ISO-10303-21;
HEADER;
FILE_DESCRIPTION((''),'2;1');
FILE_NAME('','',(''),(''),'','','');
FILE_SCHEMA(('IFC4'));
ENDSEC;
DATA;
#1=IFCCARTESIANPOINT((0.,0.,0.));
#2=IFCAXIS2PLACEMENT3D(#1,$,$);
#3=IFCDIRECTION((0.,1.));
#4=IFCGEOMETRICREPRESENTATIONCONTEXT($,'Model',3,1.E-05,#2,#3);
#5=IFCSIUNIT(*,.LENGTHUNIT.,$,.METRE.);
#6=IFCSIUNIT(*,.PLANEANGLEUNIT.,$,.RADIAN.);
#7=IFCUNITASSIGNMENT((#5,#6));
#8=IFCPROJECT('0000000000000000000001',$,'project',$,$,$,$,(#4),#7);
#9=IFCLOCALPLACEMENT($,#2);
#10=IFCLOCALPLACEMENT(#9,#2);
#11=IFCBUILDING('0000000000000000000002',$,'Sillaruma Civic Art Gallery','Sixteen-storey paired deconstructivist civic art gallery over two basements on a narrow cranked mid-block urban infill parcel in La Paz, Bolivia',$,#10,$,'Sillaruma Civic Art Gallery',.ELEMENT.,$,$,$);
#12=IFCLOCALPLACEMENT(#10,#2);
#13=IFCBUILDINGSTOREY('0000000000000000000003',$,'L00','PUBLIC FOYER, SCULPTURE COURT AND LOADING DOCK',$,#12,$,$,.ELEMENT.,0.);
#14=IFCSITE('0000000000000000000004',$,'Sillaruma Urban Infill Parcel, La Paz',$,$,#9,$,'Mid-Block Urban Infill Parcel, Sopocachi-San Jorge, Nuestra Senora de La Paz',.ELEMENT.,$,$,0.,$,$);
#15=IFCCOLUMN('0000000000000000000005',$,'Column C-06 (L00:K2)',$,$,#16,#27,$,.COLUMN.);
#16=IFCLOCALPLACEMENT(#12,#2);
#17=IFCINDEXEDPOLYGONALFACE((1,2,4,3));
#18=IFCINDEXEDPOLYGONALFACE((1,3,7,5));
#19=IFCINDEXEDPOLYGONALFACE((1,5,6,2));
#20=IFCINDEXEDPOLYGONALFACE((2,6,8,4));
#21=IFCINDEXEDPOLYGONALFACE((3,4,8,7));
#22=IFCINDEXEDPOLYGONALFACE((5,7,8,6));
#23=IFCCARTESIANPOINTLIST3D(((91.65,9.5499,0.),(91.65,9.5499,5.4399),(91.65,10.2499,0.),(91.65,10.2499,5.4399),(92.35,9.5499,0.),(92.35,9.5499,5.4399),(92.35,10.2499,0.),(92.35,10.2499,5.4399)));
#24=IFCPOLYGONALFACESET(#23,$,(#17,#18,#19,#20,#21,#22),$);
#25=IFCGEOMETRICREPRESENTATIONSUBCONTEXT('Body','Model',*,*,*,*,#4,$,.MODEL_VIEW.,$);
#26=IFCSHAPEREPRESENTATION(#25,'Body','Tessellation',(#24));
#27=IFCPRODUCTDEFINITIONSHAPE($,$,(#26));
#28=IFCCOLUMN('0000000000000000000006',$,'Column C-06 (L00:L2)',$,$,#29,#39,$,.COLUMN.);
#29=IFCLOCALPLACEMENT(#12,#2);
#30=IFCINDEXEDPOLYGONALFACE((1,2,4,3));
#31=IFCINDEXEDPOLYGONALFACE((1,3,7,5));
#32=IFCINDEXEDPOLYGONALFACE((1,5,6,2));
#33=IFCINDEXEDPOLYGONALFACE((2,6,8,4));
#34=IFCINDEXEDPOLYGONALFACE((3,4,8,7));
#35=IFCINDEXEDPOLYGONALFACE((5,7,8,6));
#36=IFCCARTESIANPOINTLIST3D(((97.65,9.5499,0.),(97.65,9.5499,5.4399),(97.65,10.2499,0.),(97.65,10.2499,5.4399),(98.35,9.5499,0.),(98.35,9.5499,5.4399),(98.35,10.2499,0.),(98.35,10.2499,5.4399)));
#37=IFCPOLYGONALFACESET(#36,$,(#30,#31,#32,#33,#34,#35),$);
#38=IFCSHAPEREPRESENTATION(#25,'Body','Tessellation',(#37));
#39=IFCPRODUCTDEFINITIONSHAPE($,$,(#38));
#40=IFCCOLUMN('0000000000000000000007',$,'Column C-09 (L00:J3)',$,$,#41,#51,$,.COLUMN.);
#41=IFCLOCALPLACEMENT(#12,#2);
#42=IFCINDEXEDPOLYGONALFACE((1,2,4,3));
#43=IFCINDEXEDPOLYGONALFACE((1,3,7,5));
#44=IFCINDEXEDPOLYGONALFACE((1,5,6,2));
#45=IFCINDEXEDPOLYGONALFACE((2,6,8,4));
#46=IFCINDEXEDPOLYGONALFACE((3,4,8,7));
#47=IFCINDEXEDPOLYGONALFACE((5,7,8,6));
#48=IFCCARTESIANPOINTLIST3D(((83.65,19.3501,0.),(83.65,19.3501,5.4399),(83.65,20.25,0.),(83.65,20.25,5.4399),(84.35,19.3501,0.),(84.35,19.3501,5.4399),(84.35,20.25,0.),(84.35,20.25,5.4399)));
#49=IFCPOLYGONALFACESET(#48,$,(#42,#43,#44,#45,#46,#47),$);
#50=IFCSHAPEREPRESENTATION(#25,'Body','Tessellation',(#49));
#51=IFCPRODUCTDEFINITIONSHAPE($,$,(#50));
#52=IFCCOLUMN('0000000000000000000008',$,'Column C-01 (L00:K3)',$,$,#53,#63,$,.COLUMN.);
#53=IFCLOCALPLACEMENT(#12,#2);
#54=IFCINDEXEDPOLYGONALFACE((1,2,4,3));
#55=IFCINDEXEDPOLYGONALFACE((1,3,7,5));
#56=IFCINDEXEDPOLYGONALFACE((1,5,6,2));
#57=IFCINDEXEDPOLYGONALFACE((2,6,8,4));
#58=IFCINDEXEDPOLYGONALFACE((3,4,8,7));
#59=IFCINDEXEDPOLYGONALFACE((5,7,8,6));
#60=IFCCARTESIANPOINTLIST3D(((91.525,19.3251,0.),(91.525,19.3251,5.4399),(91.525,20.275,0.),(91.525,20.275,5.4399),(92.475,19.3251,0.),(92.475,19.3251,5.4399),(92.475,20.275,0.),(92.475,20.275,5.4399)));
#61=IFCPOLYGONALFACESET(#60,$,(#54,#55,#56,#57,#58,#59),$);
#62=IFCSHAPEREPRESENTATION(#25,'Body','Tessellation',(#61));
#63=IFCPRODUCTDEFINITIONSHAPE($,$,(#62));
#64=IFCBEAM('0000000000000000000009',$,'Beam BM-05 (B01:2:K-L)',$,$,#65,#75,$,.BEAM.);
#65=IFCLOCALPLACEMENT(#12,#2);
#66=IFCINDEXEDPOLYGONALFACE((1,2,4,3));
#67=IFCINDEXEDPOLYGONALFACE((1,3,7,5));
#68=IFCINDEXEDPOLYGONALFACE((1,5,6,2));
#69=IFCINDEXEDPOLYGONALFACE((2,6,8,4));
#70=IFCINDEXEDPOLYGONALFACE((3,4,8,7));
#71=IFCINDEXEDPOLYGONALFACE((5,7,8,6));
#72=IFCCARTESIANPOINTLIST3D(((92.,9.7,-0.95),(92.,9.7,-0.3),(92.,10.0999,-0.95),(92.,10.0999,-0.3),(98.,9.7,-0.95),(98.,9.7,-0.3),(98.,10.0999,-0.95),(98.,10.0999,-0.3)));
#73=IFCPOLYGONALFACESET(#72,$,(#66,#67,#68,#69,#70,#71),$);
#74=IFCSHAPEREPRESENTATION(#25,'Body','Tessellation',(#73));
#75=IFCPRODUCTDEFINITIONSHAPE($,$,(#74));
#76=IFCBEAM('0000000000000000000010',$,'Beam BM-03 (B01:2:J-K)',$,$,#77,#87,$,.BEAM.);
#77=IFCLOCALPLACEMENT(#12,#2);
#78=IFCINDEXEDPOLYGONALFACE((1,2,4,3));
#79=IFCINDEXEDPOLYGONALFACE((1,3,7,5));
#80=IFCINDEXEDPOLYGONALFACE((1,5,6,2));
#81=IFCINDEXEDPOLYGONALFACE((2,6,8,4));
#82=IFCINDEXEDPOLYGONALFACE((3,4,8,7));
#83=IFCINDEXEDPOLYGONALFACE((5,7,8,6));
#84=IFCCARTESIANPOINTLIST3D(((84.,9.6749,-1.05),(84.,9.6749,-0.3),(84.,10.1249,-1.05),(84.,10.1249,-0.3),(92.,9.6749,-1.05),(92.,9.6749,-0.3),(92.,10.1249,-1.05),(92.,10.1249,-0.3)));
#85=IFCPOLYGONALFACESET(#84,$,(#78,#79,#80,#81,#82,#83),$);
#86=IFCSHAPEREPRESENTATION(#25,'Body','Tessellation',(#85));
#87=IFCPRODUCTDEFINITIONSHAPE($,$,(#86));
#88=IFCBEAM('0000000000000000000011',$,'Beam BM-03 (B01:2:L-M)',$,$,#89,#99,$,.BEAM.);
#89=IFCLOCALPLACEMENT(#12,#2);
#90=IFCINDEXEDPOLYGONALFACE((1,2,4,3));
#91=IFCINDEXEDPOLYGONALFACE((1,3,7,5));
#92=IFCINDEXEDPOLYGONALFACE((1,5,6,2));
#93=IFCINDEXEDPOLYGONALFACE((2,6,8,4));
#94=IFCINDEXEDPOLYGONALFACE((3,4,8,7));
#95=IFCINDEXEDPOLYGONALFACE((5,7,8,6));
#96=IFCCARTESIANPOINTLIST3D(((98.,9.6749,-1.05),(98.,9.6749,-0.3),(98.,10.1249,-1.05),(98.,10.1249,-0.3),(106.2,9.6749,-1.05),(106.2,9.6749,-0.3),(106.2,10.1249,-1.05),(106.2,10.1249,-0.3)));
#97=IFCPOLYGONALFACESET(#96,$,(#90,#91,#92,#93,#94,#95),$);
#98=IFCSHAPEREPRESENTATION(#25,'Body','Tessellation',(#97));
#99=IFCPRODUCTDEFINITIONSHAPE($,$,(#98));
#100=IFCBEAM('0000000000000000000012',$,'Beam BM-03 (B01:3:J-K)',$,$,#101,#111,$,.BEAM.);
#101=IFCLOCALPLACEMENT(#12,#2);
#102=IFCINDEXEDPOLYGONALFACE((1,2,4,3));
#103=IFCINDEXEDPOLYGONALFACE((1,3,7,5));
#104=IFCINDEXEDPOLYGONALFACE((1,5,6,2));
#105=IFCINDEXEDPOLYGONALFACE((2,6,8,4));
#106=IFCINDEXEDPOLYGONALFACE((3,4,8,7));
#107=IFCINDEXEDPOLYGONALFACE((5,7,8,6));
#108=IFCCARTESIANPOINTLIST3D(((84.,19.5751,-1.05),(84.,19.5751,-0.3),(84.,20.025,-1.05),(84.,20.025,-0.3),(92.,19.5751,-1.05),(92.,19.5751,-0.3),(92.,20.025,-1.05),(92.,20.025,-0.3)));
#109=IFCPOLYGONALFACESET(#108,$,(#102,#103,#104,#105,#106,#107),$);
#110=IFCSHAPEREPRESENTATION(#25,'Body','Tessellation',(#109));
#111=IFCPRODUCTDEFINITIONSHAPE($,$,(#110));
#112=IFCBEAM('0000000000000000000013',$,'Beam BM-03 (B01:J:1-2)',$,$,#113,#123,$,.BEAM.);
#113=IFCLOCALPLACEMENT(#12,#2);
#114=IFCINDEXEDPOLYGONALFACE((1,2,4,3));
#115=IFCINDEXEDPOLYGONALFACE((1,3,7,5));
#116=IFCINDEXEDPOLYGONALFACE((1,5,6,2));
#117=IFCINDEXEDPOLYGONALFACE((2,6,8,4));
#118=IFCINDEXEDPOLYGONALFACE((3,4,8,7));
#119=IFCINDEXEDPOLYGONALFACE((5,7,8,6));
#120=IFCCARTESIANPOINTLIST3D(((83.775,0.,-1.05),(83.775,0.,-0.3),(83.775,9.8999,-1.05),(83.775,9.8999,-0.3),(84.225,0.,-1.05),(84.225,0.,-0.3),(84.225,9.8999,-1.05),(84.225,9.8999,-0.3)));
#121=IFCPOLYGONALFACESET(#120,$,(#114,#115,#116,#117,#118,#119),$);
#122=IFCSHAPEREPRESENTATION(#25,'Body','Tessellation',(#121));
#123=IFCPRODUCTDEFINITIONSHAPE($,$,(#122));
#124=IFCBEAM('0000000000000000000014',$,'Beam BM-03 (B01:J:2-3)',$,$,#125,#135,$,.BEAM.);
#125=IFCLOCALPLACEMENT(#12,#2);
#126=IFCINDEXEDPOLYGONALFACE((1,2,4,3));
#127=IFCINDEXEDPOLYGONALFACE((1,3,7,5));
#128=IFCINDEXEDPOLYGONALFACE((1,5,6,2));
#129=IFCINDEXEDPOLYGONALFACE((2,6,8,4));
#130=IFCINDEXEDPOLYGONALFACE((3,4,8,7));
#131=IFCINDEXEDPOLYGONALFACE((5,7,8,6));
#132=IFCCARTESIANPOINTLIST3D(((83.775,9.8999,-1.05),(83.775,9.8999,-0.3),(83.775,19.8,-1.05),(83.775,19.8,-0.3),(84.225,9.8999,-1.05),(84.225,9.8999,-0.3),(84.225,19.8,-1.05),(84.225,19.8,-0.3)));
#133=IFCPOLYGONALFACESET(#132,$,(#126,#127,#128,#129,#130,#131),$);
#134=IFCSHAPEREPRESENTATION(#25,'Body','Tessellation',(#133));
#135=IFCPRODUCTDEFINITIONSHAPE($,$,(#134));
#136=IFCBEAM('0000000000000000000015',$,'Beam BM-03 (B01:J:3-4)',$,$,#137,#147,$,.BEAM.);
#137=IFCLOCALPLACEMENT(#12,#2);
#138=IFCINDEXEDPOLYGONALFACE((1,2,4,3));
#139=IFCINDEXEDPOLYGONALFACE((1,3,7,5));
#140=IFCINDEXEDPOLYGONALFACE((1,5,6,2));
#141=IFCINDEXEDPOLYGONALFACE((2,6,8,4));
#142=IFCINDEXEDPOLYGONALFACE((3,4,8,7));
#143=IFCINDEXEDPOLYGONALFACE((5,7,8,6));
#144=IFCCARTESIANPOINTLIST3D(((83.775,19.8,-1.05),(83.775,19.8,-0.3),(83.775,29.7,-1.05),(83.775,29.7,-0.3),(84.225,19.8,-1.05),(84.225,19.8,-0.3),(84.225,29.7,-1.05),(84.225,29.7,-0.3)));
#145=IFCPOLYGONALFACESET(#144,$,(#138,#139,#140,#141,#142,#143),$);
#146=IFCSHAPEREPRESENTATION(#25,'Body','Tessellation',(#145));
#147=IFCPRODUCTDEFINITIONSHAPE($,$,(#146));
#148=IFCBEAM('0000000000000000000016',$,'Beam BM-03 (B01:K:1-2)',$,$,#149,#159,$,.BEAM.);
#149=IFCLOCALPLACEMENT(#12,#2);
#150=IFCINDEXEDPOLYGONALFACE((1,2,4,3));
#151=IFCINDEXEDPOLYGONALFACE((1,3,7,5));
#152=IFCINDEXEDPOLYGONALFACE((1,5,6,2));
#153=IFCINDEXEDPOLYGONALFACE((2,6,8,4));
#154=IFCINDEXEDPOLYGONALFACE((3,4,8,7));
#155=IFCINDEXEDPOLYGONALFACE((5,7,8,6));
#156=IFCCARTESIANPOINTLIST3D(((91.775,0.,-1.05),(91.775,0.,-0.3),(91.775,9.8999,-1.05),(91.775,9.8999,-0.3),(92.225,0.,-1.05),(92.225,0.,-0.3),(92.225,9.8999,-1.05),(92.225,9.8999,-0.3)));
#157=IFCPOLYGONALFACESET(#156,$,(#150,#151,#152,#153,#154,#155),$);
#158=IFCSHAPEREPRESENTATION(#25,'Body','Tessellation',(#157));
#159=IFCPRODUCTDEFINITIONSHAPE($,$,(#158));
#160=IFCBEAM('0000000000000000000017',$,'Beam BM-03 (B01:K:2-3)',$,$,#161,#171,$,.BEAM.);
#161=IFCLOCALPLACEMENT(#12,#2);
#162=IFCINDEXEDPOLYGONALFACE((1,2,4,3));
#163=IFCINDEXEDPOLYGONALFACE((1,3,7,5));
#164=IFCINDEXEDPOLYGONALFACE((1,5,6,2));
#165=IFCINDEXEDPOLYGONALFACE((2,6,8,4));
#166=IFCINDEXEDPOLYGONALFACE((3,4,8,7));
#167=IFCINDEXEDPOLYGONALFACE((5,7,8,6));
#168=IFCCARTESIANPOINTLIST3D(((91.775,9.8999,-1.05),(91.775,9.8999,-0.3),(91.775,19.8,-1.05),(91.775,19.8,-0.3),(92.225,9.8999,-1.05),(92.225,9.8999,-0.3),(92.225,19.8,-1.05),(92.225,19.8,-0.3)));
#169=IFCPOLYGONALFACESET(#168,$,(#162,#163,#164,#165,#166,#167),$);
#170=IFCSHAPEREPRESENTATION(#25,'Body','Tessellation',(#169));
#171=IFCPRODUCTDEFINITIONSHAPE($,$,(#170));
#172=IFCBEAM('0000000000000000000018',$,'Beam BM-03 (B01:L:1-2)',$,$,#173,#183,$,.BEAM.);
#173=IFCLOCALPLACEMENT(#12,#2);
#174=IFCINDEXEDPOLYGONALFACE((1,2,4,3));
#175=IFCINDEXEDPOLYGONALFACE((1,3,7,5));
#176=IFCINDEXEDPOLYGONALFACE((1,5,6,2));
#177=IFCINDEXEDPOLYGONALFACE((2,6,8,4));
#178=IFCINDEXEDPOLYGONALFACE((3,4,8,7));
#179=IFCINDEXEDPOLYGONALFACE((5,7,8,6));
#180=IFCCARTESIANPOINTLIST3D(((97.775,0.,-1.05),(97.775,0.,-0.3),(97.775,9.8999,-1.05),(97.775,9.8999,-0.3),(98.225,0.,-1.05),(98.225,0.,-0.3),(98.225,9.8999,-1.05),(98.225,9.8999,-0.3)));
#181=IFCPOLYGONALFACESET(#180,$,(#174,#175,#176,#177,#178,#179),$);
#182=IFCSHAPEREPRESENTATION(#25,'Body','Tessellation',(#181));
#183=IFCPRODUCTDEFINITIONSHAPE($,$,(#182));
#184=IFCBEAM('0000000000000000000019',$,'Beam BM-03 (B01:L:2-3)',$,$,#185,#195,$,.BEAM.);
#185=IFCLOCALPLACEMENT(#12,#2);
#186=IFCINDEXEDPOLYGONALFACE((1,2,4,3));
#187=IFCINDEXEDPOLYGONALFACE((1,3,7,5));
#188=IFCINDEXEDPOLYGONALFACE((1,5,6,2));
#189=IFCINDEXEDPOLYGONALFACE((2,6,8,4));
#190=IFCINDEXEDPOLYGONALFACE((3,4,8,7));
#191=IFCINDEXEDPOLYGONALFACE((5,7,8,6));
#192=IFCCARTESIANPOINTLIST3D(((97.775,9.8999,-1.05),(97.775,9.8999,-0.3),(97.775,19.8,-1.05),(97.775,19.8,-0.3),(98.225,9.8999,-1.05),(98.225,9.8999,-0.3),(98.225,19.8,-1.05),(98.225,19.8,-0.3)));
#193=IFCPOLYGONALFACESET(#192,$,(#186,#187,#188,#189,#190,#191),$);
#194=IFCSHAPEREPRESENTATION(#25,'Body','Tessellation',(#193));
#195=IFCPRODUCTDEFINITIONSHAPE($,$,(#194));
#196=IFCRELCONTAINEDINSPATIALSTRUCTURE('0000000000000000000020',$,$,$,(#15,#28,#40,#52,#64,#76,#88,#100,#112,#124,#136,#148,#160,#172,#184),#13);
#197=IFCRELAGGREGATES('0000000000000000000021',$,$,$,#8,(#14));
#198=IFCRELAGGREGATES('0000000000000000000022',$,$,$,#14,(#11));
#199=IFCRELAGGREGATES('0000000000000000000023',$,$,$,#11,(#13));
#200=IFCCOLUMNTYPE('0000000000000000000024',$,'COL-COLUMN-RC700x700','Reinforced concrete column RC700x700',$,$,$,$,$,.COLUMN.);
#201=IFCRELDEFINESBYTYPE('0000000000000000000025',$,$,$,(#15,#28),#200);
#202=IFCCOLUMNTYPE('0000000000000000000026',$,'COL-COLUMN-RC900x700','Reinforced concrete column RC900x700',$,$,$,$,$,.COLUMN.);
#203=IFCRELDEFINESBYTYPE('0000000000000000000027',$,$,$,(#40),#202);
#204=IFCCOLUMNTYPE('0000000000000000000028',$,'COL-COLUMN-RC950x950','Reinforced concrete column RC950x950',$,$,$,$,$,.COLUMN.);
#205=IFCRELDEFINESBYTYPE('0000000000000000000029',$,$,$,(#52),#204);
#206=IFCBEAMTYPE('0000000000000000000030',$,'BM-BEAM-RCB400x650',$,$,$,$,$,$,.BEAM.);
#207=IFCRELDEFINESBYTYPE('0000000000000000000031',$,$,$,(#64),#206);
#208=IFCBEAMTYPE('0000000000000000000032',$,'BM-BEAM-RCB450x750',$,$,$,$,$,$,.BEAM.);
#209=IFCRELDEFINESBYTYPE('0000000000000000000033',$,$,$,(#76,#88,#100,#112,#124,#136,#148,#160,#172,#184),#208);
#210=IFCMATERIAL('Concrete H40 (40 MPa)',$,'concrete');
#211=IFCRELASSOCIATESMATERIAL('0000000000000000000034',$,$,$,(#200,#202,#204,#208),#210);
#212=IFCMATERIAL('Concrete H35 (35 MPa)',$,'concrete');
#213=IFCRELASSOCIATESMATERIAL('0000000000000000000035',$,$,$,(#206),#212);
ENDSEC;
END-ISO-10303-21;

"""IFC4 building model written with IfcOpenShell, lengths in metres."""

from ifc_helpers import new_model, si_unit, direction, frame, origin, origin_2d, place, context, subcontext, project, spatial, rectangle, extrude, material, material_profile, profile_set, type_object, element, save


model = new_model("IFC4")

# Units and contexts
model_context = context("Model", 3, precision=1e-05, world=origin(), true_north=direction((0.0, 1.0)))
body_context = subcontext(model_context, "Body", "Model", "MODEL_VIEW")
ifc_project = project(units=[si_unit("LENGTHUNIT", "METRE"), si_unit("PLANEANGLEUNIT", "RADIAN")], contexts=[model_context])

# Site, building, storey
site_placement = place(None, origin())
site = spatial("IfcSite", under=ifc_project, at=site_placement, Name="Sillaruma Urban Infill Parcel, La Paz", LongName="Mid-Block Urban Infill Parcel, Sopocachi-San Jorge, Nuestra Senora de La Paz", CompositionType="ELEMENT", RefElevation=0.0)
building_placement = place(site_placement, origin())
building = spatial("IfcBuilding", under=site, at=building_placement, Name="Sillaruma Civic Art Gallery", Description="Sixteen-storey paired deconstructivist civic art gallery over two basements on a narrow cranked mid-block urban infill parcel in La Paz, Bolivia", LongName="Sillaruma Civic Art Gallery", CompositionType="ELEMENT")
storey_placement = place(building_placement, origin())
storey = spatial("IfcBuildingStorey", under=building, at=storey_placement, Name="L00", Description="PUBLIC FOYER, SCULPTURE COURT AND LOADING DOCK", CompositionType="ELEMENT", Elevation=0.0)

# Columns
ifc_material_1 = material(Name="Concrete H40 (40 MPa)", Category="concrete")
ifc_material_profile_1 = material_profile(ifc_material_1, rectangle(XDim=0.7, YDim=0.7, at=origin_2d()), Name="RC700x700")
ifc_profile_set_1 = profile_set([ifc_material_profile_1], Name="Concrete H40 (40 MPa)")
column_type_1 = type_object("IfcColumnType", Name="COL-COLUMN-RC700x700", Description="Reinforced concrete column RC700x700", PredefinedType="COLUMN", material=ifc_profile_set_1)
for number, where, z_axis, x_axis, name in (
    (1, (92.0, 9.8999, 0.0), (0.0, 0.0, 1.0), (1.0, 0.0, 0.0), "Column C-06 (L00:K2)"),
    (2, (98.0, 9.8999, 0.0), (0.0, 0.0, 1.0), (1.0, 0.0, 0.0), "Column C-06 (L00:L2)"),
):
    element("IfcColumn", number, at=place(storey_placement, frame(where, z_axis=z_axis, x_axis=x_axis)), inside=storey, type_object=column_type_1, Name=name, PredefinedType="COLUMN", context=body_context, shape_type="SweptSolid", body=[
        extrude(rectangle(XDim=0.7, YDim=0.7, at=origin_2d()), origin(), (0.0, 0.0, 1.0), 5.4399),
    ])
ifc_material_profile_2 = material_profile(ifc_material_1, rectangle(XDim=0.7, YDim=0.8999, at=origin_2d()), Name="RC900x700")
ifc_profile_set_2 = profile_set([ifc_material_profile_2], Name="Concrete H40 (40 MPa)")
column_type_2 = type_object("IfcColumnType", Name="COL-COLUMN-RC900x700", Description="Reinforced concrete column RC900x700", PredefinedType="COLUMN", material=ifc_profile_set_2)
column_1_placement = place(storey_placement, frame((84.0, 19.8, 0.0), z_axis=(0.0, 0.0, 1.0), x_axis=(1.0, 0.0, 0.0)))
element("IfcColumn", 3, at=column_1_placement, inside=storey, type_object=column_type_2, Name="Column C-09 (L00:J3)", PredefinedType="COLUMN", context=body_context, shape_type="SweptSolid", body=[
    extrude(rectangle(XDim=0.7, YDim=0.8999, at=origin_2d()), origin(), (0.0, 0.0, 1.0), 5.4399),
])
ifc_material_profile_3 = material_profile(ifc_material_1, rectangle(XDim=0.95, YDim=0.95, at=origin_2d()), Name="RC950x950")
ifc_profile_set_3 = profile_set([ifc_material_profile_3], Name="Concrete H40 (40 MPa)")
column_type_3 = type_object("IfcColumnType", Name="COL-COLUMN-RC950x950", Description="Reinforced concrete column RC950x950", PredefinedType="COLUMN", material=ifc_profile_set_3)
column_2_placement = place(storey_placement, frame((92.0, 19.8, 0.0), z_axis=(0.0, 0.0, 1.0), x_axis=(1.0, 0.0, 0.0)))
element("IfcColumn", 4, at=column_2_placement, inside=storey, type_object=column_type_3, Name="Column C-01 (L00:K3)", PredefinedType="COLUMN", context=body_context, shape_type="SweptSolid", body=[
    extrude(rectangle(XDim=0.95, YDim=0.95, at=origin_2d()), origin(), (0.0, 0.0, 1.0), 5.4399),
])

# Beams
ifc_material_2 = material(Name="Concrete H35 (35 MPa)", Category="concrete")
ifc_material_profile_4 = material_profile(ifc_material_2, rectangle(XDim=0.3999, YDim=0.6499, at=origin_2d()), Name="RCB400x650")
ifc_profile_set_4 = profile_set([ifc_material_profile_4], Name="Concrete H35 (35 MPa)")
beam_type_1 = type_object("IfcBeamType", Name="BM-BEAM-RCB400x650", PredefinedType="BEAM", material=ifc_profile_set_4)
beam_1_placement = place(storey_placement, frame((92.0, 9.8999, -0.625), z_axis=(1.0, 0.0, 0.0), x_axis=(0.0, 1.0, 0.0)))
element("IfcBeam", 5, at=beam_1_placement, inside=storey, type_object=beam_type_1, Name="Beam BM-05 (B01:2:K-L)", PredefinedType="BEAM", context=body_context, shape_type="SweptSolid", body=[
    extrude(rectangle(XDim=0.3999, YDim=0.6499, at=origin_2d()), origin(), (0.0, 0.0, 1.0), 6.0),
])
ifc_material_profile_5 = material_profile(ifc_material_1, rectangle(XDim=0.45, YDim=0.75, at=origin_2d()), Name="RCB450x750")
ifc_profile_set_5 = profile_set([ifc_material_profile_5], Name="Concrete H40 (40 MPa)")
beam_type_2 = type_object("IfcBeamType", Name="BM-BEAM-RCB450x750", PredefinedType="BEAM", material=ifc_profile_set_5)
beam_2_placement = place(storey_placement, frame((84.0, 9.8999, -0.675), z_axis=(1.0, 0.0, 0.0), x_axis=(0.0, 1.0, 0.0)))
element("IfcBeam", 6, at=beam_2_placement, inside=storey, type_object=beam_type_2, Name="Beam BM-03 (B01:2:J-K)", PredefinedType="BEAM", context=body_context, shape_type="SweptSolid", body=[
    extrude(rectangle(XDim=0.45, YDim=0.75, at=origin_2d()), origin(), (0.0, 0.0, 1.0), 8.0),
])
beam_3_placement = place(storey_placement, frame((98.0, 9.8999, -0.675), z_axis=(1.0, 0.0, 0.0), x_axis=(0.0, 1.0, 0.0)))
element("IfcBeam", 7, at=beam_3_placement, inside=storey, type_object=beam_type_2, Name="Beam BM-03 (B01:2:L-M)", PredefinedType="BEAM", context=body_context, shape_type="SweptSolid", body=[
    extrude(rectangle(XDim=0.45, YDim=0.75, at=origin_2d()), origin(), (0.0, 0.0, 1.0), 8.2),
])
beam_4_placement = place(storey_placement, frame((84.0, 19.8, -0.675), z_axis=(1.0, 0.0, 0.0), x_axis=(0.0, 1.0, 0.0)))
element("IfcBeam", 8, at=beam_4_placement, inside=storey, type_object=beam_type_2, Name="Beam BM-03 (B01:3:J-K)", PredefinedType="BEAM", context=body_context, shape_type="SweptSolid", body=[
    extrude(rectangle(XDim=0.45, YDim=0.75, at=origin_2d()), origin(), (0.0, 0.0, 1.0), 8.0),
])
beam_5_placement = place(storey_placement, frame((84.0, 0.0, -0.675), z_axis=(0.0, 1.0, 0.0), x_axis=(-1.0, 0.0, 0.0)))
element("IfcBeam", 9, at=beam_5_placement, inside=storey, type_object=beam_type_2, Name="Beam BM-03 (B01:J:1-2)", PredefinedType="BEAM", context=body_context, shape_type="SweptSolid", body=[
    extrude(rectangle(XDim=0.45, YDim=0.75, at=origin_2d()), origin(), (0.0, 0.0, 1.0), 9.8999),
])
beam_6_placement = place(storey_placement, frame((84.0, 9.8999, -0.675), z_axis=(0.0, 1.0, 0.0), x_axis=(-1.0, 0.0, 0.0)))
element("IfcBeam", 10, at=beam_6_placement, inside=storey, type_object=beam_type_2, Name="Beam BM-03 (B01:J:2-3)", PredefinedType="BEAM", context=body_context, shape_type="SweptSolid", body=[
    extrude(rectangle(XDim=0.45, YDim=0.75, at=origin_2d()), origin(), (0.0, 0.0, 1.0), 9.9001),
])
for number, where, z_axis, x_axis, name in (
    (11, (84.0, 19.8, -0.675), (0.0, 1.0, 0.0), (-1.0, 0.0, 0.0), "Beam BM-03 (B01:J:3-4)"),
    (12, (92.0, 0.0, -0.675), (0.0, 1.0, 0.0), (-1.0, 0.0, 0.0), "Beam BM-03 (B01:K:1-2)"),
):
    element("IfcBeam", number, at=place(storey_placement, frame(where, z_axis=z_axis, x_axis=x_axis)), inside=storey, type_object=beam_type_2, Name=name, PredefinedType="BEAM", context=body_context, shape_type="SweptSolid", body=[
        extrude(rectangle(XDim=0.45, YDim=0.75, at=origin_2d()), origin(), (0.0, 0.0, 1.0), 9.8999),
    ])
beam_7_placement = place(storey_placement, frame((92.0, 9.8999, -0.675), z_axis=(0.0, 1.0, 0.0), x_axis=(-1.0, 0.0, 0.0)))
element("IfcBeam", 13, at=beam_7_placement, inside=storey, type_object=beam_type_2, Name="Beam BM-03 (B01:K:2-3)", PredefinedType="BEAM", context=body_context, shape_type="SweptSolid", body=[
    extrude(rectangle(XDim=0.45, YDim=0.75, at=origin_2d()), origin(), (0.0, 0.0, 1.0), 9.9001),
])
beam_8_placement = place(storey_placement, frame((98.0, 0.0, -0.675), z_axis=(0.0, 1.0, 0.0), x_axis=(-1.0, 0.0, 0.0)))
element("IfcBeam", 14, at=beam_8_placement, inside=storey, type_object=beam_type_2, Name="Beam BM-03 (B01:L:1-2)", PredefinedType="BEAM", context=body_context, shape_type="SweptSolid", body=[
    extrude(rectangle(XDim=0.45, YDim=0.75, at=origin_2d()), origin(), (0.0, 0.0, 1.0), 9.8999),
])
beam_9_placement = place(storey_placement, frame((98.0, 9.8999, -0.675), z_axis=(0.0, 1.0, 0.0), x_axis=(-1.0, 0.0, 0.0)))
element("IfcBeam", 15, at=beam_9_placement, inside=storey, type_object=beam_type_2, Name="Beam BM-03 (B01:L:2-3)", PredefinedType="BEAM", context=body_context, shape_type="SweptSolid", body=[
    extrude(rectangle(XDim=0.45, YDim=0.75, at=origin_2d()), origin(), (0.0, 0.0, 1.0), 9.9001),
])

save(model, "model.ifc")
